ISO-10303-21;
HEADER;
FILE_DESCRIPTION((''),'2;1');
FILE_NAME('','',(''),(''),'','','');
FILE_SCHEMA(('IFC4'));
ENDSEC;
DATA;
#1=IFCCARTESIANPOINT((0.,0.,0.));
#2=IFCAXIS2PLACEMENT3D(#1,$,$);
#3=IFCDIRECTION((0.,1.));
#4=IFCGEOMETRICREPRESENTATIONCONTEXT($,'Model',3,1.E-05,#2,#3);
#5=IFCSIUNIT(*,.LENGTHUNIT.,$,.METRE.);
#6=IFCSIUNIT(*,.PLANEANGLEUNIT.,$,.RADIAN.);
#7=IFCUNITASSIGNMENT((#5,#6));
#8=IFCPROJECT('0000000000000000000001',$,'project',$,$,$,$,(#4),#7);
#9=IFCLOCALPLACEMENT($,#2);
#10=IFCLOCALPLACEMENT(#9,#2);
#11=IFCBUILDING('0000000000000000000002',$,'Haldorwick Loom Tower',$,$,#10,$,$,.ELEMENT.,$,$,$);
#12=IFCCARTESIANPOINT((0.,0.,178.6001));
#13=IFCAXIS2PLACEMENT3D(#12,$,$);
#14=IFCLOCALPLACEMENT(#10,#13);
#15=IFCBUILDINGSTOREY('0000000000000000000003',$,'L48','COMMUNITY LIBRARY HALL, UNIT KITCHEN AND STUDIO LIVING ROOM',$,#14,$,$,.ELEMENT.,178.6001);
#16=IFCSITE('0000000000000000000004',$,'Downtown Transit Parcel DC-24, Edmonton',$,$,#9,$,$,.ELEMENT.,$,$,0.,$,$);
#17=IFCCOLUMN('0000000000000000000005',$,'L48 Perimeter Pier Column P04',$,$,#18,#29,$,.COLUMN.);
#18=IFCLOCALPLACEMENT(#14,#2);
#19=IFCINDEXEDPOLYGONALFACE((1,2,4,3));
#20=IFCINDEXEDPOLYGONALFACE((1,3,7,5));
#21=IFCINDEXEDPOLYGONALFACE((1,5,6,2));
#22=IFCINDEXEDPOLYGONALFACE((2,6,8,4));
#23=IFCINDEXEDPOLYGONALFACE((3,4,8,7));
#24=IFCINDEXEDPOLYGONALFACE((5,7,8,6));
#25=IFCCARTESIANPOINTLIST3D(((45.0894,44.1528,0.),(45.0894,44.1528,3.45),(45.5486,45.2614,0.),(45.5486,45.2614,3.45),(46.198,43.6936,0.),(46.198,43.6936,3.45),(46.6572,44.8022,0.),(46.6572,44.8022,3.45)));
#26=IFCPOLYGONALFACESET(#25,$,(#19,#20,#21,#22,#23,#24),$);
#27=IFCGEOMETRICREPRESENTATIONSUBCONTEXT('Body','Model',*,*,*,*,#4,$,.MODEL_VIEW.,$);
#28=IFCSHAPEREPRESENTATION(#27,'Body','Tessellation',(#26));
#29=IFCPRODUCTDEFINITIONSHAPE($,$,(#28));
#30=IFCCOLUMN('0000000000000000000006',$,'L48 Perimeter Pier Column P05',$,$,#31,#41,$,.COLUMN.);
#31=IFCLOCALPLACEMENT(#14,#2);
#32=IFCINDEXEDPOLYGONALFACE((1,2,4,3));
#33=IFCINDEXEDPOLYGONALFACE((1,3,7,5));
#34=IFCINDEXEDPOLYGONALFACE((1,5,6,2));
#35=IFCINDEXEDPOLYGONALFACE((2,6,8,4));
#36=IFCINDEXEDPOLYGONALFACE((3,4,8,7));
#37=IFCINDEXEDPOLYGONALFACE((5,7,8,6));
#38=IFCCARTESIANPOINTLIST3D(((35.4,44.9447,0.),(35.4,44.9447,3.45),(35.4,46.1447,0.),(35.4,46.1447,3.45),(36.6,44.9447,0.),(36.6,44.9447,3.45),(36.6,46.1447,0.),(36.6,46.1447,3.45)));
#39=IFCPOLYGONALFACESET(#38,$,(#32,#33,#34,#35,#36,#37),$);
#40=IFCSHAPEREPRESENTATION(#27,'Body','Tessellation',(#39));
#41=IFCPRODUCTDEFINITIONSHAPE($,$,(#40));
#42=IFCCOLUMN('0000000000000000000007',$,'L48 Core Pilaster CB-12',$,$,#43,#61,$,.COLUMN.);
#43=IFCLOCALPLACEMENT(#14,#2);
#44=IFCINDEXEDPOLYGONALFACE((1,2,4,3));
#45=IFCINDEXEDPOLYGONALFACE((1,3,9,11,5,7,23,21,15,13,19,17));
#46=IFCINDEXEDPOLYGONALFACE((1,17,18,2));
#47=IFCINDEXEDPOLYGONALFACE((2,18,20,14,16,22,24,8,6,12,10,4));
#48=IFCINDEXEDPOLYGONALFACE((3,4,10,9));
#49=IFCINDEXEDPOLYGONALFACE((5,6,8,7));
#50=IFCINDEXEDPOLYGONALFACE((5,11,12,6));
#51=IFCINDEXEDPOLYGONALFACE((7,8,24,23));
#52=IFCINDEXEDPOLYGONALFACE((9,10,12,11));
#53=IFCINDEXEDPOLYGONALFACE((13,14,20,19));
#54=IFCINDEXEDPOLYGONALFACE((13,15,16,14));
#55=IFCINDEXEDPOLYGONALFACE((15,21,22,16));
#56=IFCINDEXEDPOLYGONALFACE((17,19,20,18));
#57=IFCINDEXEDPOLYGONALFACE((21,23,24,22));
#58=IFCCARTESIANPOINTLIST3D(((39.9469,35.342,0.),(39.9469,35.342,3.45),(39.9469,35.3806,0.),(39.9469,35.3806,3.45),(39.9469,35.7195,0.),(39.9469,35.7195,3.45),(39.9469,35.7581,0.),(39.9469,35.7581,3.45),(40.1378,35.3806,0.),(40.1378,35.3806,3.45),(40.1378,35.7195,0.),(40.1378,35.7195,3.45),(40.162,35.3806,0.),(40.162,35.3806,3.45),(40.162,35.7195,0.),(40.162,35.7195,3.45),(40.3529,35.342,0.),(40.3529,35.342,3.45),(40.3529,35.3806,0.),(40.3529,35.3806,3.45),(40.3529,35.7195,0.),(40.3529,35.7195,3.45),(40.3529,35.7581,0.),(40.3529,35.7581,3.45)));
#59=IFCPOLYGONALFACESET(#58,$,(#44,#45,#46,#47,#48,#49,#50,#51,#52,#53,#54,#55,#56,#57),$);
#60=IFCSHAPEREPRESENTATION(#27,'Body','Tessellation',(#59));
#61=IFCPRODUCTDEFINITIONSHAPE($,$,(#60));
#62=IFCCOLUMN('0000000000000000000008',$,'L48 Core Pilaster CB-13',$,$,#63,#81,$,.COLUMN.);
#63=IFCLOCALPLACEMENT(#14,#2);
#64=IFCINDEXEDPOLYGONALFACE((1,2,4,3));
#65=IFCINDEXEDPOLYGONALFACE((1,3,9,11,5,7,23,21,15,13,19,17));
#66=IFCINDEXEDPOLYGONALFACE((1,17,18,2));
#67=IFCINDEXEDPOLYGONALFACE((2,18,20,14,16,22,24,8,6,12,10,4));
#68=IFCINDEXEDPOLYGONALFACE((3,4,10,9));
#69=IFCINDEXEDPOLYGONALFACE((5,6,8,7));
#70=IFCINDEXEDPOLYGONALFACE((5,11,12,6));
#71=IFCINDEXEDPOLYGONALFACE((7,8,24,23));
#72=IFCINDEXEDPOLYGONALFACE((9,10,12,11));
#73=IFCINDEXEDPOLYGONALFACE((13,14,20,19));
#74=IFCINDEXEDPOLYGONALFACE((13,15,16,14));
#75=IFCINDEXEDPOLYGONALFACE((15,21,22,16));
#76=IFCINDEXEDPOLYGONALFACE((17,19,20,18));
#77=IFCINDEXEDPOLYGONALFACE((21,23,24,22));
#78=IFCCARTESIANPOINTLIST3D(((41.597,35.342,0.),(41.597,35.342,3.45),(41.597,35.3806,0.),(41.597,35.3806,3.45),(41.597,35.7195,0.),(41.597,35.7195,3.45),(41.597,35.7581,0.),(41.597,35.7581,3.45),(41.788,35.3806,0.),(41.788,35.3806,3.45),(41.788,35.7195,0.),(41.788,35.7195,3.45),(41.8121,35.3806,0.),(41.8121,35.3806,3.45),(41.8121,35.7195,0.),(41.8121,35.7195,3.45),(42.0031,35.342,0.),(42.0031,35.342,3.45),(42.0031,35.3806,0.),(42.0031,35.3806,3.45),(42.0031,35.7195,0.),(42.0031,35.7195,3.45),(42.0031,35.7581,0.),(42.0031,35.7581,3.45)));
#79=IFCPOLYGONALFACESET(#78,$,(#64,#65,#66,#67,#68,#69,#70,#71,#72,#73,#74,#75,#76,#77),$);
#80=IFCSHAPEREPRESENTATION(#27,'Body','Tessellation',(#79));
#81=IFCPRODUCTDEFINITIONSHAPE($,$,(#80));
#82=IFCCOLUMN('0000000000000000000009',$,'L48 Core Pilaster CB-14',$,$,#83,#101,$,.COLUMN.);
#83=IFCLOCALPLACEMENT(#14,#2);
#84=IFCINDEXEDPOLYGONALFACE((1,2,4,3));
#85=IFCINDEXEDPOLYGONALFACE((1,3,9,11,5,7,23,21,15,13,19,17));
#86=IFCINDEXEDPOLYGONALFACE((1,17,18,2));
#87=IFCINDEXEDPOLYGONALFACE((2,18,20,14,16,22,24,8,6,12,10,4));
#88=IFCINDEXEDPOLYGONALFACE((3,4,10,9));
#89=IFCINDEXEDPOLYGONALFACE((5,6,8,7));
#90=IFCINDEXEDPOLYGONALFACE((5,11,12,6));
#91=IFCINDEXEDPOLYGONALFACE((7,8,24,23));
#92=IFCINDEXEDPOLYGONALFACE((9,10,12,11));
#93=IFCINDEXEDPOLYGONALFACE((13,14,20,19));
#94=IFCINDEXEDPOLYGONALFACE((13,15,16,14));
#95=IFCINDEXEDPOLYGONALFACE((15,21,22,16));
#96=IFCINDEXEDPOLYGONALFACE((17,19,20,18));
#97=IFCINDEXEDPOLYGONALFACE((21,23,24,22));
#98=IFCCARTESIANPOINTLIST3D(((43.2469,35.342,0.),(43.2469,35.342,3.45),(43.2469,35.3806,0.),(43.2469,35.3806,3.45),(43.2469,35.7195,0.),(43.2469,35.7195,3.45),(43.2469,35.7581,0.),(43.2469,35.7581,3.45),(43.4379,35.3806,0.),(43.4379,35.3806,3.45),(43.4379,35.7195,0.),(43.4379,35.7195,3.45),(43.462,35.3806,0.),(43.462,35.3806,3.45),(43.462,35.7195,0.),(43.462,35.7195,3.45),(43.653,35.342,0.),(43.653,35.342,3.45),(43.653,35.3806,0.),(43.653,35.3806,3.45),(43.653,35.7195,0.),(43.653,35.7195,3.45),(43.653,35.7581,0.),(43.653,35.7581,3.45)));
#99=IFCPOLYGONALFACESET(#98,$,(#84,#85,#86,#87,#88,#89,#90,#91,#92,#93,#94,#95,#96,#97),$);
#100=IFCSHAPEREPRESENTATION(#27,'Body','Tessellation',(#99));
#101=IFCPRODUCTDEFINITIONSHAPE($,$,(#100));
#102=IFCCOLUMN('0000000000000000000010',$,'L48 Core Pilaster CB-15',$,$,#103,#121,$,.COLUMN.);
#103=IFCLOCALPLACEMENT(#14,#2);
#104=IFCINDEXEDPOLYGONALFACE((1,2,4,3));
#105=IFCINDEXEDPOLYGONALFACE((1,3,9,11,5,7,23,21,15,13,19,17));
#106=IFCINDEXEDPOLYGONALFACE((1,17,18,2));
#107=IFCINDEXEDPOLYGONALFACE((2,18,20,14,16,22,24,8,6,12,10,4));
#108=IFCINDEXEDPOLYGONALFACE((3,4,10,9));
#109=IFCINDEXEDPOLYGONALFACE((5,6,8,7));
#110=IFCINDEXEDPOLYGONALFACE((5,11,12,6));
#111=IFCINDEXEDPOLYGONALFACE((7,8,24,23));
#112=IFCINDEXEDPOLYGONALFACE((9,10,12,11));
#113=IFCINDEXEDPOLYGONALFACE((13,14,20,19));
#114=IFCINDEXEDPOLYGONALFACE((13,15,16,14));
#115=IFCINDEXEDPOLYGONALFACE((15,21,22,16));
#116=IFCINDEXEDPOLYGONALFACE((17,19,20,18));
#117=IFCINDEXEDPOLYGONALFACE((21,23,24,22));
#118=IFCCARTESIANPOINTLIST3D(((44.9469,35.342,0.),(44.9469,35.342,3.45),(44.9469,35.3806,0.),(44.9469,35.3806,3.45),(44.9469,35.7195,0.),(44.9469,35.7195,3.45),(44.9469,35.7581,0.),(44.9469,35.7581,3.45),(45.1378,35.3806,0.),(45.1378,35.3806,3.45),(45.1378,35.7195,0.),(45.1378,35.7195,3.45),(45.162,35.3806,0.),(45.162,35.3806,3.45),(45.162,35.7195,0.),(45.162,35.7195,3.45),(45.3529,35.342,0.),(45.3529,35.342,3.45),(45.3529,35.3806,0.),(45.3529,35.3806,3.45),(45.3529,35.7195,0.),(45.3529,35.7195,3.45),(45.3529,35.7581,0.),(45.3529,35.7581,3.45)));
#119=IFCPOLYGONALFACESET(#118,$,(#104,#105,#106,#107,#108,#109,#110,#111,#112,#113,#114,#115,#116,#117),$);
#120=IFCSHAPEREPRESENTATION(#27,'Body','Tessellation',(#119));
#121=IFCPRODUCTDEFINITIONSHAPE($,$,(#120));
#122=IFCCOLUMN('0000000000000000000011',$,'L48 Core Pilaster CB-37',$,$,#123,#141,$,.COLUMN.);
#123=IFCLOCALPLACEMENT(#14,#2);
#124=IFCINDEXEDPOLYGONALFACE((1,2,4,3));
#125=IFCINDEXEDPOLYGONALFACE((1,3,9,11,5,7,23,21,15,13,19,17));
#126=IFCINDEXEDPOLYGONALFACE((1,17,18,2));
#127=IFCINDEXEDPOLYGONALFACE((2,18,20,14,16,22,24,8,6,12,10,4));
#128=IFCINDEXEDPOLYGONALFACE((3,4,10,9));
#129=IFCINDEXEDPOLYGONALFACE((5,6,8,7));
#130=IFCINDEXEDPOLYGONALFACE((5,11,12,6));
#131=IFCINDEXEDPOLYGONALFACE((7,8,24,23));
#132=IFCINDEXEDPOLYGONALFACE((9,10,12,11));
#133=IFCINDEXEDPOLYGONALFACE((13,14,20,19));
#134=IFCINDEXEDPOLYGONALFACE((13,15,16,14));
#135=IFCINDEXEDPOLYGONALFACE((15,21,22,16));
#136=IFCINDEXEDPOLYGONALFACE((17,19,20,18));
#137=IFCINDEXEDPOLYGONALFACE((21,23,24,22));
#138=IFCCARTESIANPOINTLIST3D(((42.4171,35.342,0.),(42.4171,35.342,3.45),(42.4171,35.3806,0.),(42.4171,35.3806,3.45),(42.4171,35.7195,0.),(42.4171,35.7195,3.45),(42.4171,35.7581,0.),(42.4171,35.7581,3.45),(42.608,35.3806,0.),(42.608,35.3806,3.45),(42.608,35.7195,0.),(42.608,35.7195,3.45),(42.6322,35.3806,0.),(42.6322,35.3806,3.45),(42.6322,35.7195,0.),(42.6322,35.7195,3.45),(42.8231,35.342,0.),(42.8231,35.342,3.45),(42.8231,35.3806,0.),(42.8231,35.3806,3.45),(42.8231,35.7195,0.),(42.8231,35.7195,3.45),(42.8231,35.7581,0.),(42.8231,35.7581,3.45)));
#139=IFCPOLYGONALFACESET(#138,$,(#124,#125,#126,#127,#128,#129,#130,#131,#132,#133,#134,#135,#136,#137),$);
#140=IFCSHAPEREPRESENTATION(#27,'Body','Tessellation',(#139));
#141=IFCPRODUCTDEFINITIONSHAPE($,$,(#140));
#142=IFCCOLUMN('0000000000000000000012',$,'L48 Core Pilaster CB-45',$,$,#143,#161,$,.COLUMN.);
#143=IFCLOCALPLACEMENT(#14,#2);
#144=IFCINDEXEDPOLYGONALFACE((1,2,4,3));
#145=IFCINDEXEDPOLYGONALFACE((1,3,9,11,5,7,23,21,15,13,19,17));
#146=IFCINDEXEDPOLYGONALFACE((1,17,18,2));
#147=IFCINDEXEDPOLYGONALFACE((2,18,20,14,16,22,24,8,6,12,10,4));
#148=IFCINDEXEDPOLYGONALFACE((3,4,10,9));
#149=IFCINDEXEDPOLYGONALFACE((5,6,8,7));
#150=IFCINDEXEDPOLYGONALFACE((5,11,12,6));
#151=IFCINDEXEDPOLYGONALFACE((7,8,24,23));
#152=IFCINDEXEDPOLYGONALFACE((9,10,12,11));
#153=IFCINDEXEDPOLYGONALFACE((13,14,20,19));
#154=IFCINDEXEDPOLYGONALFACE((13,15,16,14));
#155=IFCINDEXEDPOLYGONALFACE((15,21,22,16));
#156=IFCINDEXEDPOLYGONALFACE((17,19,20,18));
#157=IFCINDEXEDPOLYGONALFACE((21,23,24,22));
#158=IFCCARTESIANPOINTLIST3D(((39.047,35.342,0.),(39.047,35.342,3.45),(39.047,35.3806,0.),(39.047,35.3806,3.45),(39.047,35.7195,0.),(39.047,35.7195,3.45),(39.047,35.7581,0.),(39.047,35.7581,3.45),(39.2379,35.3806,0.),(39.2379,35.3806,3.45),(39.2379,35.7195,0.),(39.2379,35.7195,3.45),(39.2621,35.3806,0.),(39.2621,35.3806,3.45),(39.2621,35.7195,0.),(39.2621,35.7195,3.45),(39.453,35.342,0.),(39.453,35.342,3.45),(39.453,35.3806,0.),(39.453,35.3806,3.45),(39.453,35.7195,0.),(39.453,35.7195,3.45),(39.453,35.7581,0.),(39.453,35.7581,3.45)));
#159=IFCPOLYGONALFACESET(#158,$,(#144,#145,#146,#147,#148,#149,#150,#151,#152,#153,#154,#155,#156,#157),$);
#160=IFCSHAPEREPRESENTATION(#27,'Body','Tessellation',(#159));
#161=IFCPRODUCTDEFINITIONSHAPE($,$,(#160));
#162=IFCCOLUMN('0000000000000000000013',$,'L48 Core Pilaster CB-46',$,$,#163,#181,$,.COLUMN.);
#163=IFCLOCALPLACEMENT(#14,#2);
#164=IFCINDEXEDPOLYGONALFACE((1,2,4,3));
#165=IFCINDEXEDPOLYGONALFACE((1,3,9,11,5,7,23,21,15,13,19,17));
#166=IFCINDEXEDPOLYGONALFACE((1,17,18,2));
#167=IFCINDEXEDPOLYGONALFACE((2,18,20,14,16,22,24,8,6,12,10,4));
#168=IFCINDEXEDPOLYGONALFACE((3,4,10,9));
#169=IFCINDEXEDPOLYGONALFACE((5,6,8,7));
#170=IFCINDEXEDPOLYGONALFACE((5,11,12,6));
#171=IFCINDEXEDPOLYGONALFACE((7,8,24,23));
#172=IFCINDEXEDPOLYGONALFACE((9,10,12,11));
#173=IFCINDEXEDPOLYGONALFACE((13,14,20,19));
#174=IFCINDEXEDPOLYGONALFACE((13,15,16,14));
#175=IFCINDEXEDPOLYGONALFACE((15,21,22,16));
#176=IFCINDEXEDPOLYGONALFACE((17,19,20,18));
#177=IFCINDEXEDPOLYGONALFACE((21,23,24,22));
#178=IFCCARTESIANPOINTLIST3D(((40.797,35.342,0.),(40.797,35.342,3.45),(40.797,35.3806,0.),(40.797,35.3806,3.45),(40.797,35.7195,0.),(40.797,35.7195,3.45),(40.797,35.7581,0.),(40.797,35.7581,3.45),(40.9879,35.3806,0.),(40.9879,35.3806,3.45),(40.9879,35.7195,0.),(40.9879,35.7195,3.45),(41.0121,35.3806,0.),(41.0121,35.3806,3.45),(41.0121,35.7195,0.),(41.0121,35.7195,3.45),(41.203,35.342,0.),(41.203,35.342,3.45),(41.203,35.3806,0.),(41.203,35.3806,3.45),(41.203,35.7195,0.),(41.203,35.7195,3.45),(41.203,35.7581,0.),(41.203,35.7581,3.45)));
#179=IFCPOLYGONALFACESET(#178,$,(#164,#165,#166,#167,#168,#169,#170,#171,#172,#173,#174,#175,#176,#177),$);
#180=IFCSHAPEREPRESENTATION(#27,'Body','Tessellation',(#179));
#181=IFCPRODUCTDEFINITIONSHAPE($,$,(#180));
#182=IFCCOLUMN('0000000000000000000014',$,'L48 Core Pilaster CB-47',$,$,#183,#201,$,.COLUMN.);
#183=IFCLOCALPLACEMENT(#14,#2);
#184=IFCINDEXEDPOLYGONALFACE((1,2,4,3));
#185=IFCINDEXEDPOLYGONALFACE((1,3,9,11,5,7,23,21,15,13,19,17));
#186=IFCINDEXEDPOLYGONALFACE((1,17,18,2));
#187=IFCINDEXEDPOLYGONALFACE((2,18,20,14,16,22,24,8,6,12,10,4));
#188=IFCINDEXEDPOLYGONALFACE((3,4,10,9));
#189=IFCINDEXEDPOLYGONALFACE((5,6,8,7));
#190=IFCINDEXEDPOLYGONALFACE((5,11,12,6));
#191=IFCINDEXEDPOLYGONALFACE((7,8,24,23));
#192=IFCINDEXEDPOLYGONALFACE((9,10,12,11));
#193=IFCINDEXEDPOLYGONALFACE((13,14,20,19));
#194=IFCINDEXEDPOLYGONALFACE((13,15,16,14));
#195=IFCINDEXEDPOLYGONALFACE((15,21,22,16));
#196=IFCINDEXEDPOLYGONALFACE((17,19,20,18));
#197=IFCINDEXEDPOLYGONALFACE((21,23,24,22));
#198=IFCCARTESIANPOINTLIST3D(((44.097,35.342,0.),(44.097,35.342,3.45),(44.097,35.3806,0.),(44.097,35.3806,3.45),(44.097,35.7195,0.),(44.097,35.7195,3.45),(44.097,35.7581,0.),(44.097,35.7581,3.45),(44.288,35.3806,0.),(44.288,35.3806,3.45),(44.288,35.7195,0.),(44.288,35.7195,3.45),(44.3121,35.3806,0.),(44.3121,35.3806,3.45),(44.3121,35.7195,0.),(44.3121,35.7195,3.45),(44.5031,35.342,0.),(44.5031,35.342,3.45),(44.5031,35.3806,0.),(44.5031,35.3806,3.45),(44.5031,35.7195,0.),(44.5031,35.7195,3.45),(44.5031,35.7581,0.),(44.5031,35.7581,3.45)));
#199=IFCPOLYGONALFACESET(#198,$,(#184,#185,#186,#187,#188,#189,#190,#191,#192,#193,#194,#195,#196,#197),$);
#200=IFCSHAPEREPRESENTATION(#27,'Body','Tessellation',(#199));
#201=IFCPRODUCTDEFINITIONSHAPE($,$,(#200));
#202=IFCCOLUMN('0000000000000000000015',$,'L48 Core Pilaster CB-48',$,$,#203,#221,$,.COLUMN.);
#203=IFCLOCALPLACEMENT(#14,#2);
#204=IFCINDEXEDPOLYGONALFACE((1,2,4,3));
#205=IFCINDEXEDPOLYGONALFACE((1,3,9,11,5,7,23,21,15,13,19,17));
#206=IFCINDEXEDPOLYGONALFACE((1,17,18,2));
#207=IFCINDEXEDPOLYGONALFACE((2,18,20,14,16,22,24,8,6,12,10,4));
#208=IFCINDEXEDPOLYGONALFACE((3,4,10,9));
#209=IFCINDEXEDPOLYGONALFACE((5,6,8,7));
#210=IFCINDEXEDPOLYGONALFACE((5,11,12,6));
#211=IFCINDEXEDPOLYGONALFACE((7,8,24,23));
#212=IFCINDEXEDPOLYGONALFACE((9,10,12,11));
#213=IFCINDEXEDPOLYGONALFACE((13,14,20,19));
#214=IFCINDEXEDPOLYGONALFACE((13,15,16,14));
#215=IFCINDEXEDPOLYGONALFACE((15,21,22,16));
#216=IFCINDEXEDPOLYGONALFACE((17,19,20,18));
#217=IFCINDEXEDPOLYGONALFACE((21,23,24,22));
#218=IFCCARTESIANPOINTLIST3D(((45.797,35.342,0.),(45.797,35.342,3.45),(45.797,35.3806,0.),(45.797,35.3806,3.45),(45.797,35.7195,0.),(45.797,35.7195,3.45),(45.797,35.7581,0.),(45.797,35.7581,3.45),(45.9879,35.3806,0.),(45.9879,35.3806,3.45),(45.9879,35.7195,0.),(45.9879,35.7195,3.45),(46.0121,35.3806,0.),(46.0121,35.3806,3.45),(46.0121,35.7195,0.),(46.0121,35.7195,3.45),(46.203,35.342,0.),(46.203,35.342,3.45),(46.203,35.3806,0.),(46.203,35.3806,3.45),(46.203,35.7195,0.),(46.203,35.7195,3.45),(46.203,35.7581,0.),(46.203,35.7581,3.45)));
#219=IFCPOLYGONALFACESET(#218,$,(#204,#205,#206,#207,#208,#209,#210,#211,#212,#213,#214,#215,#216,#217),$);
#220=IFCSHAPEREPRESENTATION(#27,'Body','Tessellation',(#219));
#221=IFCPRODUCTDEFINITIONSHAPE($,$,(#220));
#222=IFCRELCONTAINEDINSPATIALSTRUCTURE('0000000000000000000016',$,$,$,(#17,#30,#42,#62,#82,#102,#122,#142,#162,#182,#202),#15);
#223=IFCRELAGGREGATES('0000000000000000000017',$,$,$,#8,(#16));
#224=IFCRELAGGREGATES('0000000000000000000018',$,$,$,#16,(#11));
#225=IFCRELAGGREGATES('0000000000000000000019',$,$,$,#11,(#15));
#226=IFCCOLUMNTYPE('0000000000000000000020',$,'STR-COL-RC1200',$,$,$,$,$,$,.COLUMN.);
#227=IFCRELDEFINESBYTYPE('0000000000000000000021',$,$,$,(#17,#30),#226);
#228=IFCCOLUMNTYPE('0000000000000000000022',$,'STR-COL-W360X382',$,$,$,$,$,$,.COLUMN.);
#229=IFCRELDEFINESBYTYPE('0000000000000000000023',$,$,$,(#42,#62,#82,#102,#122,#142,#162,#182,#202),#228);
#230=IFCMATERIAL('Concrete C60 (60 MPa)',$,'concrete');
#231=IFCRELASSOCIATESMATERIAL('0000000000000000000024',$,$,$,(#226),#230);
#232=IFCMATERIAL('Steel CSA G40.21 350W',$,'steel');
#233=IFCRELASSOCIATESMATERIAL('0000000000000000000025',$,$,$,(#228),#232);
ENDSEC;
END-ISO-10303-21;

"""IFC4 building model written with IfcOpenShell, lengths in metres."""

from ifc_helpers import new_model, si_unit, direction, frame, origin, origin_2d, place, context, subcontext, project, spatial, rectangle, i_section, extrude, material, material_profile, profile_set, type_object, element, save


model = new_model("IFC4")

# Units and contexts
model_context = context("Model", 3, precision=1e-05, world=origin(), true_north=direction((0.0, 1.0)))
body_context = subcontext(model_context, "Body", "Model", "MODEL_VIEW")
ifc_project = project(units=[si_unit("LENGTHUNIT", "METRE"), si_unit("PLANEANGLEUNIT", "RADIAN")], contexts=[model_context])

# Site, building, storey
site_placement = place(None, origin())
site = spatial("IfcSite", under=ifc_project, at=site_placement, Name="Downtown Transit Parcel DC-24, Edmonton", CompositionType="ELEMENT", RefElevation=0.0)
building_placement = place(site_placement, origin())
building = spatial("IfcBuilding", under=site, at=building_placement, Name="Haldorwick Loom Tower", CompositionType="ELEMENT")
storey_placement = place(building_placement, frame((0.0, 0.0, 178.6001)))
storey = spatial("IfcBuildingStorey", under=building, at=storey_placement, Name="L48", Description="COMMUNITY LIBRARY HALL, UNIT KITCHEN AND STUDIO LIVING ROOM", CompositionType="ELEMENT", Elevation=178.6001)

# Columns
ifc_material_1 = material(Name="Concrete C60 (60 MPa)", Category="concrete")
ifc_material_profile_1 = material_profile(ifc_material_1, rectangle(XDim=1.2, YDim=1.2, at=origin_2d()), Name="RC1200X1200", Category="concrete")
ifc_profile_set_1 = profile_set([ifc_material_profile_1], Name="Concrete C60 (60 MPa)")
column_type_1 = type_object("IfcColumnType", Name="STR-COL-RC1200", PredefinedType="COLUMN", material=ifc_profile_set_1)
for number, where, z_axis, x_axis, name in (
    (1, (45.8733, 44.4775, 0.0), (0.0, 0.0, 1.0), (0.382683, 0.92388, 0.0), "L48 Perimeter Pier Column P04"),
    (2, (36.0, 45.5447, 0.0), (0.0, 0.0, 1.0), (0.0, 1.0, 0.0), "L48 Perimeter Pier Column P05"),
):
    element("IfcColumn", number, at=place(storey_placement, frame(where, z_axis=z_axis, x_axis=x_axis)), inside=storey, type_object=column_type_1, Name=name, PredefinedType="COLUMN", context=body_context, shape_type="SweptSolid", body=[
        extrude(rectangle(XDim=1.2, YDim=1.2, at=origin_2d()), origin(), (0.0, 0.0, 1.0), 3.45),
    ])
ifc_material_2 = material(Name="Steel CSA G40.21 350W", Category="steel")
ifc_material_profile_2 = material_profile(ifc_material_2, i_section(OverallWidth=0.406, OverallDepth=0.416, WebThickness=0.0242, FlangeThickness=0.0386, at=origin_2d()), Name="W360X382", Category="steel")
ifc_profile_set_2 = profile_set([ifc_material_profile_2], Name="Steel CSA G40.21 350W")
column_type_2 = type_object("IfcColumnType", Name="STR-COL-W360X382", PredefinedType="COLUMN", material=ifc_profile_set_2)
for number, where, z_axis, x_axis, name in (
    (3, (40.1499, 35.55, 0.0), (0.0, 0.0, 1.0), (1.0, 0.0, 0.0), "L48 Core Pilaster CB-12"),
    (4, (41.8, 35.55, 0.0), (0.0, 0.0, 1.0), (1.0, 0.0, 0.0), "L48 Core Pilaster CB-13"),
    (5, (43.45, 35.55, 0.0), (0.0, 0.0, 1.0), (1.0, 0.0, 0.0), "L48 Core Pilaster CB-14"),
    (6, (45.1499, 35.55, 0.0), (0.0, 0.0, 1.0), (1.0, 0.0, 0.0), "L48 Core Pilaster CB-15"),
    (7, (42.6201, 35.55, 0.0), (0.0, 0.0, 1.0), (1.0, 0.0, 0.0), "L48 Core Pilaster CB-37"),
    (8, (39.25, 35.55, 0.0), (0.0, 0.0, 1.0), (1.0, 0.0, 0.0), "L48 Core Pilaster CB-45"),
    (9, (41.0, 35.55, 0.0), (0.0, 0.0, 1.0), (1.0, 0.0, 0.0), "L48 Core Pilaster CB-46"),
    (10, (44.3, 35.55, 0.0), (0.0, 0.0, 1.0), (1.0, 0.0, 0.0), "L48 Core Pilaster CB-47"),
    (11, (46.0, 35.55, 0.0), (0.0, 0.0, 1.0), (1.0, 0.0, 0.0), "L48 Core Pilaster CB-48"),
):
    element("IfcColumn", number, at=place(storey_placement, frame(where, z_axis=z_axis, x_axis=x_axis)), inside=storey, type_object=column_type_2, Name=name, PredefinedType="COLUMN", context=body_context, shape_type="SweptSolid", body=[
        extrude(i_section(OverallWidth=0.406, OverallDepth=0.416, WebThickness=0.0242, FlangeThickness=0.0386, at=origin_2d()), origin(), (0.0, 0.0, 1.0), 3.45),
    ])

save(model, "model.ifc")
